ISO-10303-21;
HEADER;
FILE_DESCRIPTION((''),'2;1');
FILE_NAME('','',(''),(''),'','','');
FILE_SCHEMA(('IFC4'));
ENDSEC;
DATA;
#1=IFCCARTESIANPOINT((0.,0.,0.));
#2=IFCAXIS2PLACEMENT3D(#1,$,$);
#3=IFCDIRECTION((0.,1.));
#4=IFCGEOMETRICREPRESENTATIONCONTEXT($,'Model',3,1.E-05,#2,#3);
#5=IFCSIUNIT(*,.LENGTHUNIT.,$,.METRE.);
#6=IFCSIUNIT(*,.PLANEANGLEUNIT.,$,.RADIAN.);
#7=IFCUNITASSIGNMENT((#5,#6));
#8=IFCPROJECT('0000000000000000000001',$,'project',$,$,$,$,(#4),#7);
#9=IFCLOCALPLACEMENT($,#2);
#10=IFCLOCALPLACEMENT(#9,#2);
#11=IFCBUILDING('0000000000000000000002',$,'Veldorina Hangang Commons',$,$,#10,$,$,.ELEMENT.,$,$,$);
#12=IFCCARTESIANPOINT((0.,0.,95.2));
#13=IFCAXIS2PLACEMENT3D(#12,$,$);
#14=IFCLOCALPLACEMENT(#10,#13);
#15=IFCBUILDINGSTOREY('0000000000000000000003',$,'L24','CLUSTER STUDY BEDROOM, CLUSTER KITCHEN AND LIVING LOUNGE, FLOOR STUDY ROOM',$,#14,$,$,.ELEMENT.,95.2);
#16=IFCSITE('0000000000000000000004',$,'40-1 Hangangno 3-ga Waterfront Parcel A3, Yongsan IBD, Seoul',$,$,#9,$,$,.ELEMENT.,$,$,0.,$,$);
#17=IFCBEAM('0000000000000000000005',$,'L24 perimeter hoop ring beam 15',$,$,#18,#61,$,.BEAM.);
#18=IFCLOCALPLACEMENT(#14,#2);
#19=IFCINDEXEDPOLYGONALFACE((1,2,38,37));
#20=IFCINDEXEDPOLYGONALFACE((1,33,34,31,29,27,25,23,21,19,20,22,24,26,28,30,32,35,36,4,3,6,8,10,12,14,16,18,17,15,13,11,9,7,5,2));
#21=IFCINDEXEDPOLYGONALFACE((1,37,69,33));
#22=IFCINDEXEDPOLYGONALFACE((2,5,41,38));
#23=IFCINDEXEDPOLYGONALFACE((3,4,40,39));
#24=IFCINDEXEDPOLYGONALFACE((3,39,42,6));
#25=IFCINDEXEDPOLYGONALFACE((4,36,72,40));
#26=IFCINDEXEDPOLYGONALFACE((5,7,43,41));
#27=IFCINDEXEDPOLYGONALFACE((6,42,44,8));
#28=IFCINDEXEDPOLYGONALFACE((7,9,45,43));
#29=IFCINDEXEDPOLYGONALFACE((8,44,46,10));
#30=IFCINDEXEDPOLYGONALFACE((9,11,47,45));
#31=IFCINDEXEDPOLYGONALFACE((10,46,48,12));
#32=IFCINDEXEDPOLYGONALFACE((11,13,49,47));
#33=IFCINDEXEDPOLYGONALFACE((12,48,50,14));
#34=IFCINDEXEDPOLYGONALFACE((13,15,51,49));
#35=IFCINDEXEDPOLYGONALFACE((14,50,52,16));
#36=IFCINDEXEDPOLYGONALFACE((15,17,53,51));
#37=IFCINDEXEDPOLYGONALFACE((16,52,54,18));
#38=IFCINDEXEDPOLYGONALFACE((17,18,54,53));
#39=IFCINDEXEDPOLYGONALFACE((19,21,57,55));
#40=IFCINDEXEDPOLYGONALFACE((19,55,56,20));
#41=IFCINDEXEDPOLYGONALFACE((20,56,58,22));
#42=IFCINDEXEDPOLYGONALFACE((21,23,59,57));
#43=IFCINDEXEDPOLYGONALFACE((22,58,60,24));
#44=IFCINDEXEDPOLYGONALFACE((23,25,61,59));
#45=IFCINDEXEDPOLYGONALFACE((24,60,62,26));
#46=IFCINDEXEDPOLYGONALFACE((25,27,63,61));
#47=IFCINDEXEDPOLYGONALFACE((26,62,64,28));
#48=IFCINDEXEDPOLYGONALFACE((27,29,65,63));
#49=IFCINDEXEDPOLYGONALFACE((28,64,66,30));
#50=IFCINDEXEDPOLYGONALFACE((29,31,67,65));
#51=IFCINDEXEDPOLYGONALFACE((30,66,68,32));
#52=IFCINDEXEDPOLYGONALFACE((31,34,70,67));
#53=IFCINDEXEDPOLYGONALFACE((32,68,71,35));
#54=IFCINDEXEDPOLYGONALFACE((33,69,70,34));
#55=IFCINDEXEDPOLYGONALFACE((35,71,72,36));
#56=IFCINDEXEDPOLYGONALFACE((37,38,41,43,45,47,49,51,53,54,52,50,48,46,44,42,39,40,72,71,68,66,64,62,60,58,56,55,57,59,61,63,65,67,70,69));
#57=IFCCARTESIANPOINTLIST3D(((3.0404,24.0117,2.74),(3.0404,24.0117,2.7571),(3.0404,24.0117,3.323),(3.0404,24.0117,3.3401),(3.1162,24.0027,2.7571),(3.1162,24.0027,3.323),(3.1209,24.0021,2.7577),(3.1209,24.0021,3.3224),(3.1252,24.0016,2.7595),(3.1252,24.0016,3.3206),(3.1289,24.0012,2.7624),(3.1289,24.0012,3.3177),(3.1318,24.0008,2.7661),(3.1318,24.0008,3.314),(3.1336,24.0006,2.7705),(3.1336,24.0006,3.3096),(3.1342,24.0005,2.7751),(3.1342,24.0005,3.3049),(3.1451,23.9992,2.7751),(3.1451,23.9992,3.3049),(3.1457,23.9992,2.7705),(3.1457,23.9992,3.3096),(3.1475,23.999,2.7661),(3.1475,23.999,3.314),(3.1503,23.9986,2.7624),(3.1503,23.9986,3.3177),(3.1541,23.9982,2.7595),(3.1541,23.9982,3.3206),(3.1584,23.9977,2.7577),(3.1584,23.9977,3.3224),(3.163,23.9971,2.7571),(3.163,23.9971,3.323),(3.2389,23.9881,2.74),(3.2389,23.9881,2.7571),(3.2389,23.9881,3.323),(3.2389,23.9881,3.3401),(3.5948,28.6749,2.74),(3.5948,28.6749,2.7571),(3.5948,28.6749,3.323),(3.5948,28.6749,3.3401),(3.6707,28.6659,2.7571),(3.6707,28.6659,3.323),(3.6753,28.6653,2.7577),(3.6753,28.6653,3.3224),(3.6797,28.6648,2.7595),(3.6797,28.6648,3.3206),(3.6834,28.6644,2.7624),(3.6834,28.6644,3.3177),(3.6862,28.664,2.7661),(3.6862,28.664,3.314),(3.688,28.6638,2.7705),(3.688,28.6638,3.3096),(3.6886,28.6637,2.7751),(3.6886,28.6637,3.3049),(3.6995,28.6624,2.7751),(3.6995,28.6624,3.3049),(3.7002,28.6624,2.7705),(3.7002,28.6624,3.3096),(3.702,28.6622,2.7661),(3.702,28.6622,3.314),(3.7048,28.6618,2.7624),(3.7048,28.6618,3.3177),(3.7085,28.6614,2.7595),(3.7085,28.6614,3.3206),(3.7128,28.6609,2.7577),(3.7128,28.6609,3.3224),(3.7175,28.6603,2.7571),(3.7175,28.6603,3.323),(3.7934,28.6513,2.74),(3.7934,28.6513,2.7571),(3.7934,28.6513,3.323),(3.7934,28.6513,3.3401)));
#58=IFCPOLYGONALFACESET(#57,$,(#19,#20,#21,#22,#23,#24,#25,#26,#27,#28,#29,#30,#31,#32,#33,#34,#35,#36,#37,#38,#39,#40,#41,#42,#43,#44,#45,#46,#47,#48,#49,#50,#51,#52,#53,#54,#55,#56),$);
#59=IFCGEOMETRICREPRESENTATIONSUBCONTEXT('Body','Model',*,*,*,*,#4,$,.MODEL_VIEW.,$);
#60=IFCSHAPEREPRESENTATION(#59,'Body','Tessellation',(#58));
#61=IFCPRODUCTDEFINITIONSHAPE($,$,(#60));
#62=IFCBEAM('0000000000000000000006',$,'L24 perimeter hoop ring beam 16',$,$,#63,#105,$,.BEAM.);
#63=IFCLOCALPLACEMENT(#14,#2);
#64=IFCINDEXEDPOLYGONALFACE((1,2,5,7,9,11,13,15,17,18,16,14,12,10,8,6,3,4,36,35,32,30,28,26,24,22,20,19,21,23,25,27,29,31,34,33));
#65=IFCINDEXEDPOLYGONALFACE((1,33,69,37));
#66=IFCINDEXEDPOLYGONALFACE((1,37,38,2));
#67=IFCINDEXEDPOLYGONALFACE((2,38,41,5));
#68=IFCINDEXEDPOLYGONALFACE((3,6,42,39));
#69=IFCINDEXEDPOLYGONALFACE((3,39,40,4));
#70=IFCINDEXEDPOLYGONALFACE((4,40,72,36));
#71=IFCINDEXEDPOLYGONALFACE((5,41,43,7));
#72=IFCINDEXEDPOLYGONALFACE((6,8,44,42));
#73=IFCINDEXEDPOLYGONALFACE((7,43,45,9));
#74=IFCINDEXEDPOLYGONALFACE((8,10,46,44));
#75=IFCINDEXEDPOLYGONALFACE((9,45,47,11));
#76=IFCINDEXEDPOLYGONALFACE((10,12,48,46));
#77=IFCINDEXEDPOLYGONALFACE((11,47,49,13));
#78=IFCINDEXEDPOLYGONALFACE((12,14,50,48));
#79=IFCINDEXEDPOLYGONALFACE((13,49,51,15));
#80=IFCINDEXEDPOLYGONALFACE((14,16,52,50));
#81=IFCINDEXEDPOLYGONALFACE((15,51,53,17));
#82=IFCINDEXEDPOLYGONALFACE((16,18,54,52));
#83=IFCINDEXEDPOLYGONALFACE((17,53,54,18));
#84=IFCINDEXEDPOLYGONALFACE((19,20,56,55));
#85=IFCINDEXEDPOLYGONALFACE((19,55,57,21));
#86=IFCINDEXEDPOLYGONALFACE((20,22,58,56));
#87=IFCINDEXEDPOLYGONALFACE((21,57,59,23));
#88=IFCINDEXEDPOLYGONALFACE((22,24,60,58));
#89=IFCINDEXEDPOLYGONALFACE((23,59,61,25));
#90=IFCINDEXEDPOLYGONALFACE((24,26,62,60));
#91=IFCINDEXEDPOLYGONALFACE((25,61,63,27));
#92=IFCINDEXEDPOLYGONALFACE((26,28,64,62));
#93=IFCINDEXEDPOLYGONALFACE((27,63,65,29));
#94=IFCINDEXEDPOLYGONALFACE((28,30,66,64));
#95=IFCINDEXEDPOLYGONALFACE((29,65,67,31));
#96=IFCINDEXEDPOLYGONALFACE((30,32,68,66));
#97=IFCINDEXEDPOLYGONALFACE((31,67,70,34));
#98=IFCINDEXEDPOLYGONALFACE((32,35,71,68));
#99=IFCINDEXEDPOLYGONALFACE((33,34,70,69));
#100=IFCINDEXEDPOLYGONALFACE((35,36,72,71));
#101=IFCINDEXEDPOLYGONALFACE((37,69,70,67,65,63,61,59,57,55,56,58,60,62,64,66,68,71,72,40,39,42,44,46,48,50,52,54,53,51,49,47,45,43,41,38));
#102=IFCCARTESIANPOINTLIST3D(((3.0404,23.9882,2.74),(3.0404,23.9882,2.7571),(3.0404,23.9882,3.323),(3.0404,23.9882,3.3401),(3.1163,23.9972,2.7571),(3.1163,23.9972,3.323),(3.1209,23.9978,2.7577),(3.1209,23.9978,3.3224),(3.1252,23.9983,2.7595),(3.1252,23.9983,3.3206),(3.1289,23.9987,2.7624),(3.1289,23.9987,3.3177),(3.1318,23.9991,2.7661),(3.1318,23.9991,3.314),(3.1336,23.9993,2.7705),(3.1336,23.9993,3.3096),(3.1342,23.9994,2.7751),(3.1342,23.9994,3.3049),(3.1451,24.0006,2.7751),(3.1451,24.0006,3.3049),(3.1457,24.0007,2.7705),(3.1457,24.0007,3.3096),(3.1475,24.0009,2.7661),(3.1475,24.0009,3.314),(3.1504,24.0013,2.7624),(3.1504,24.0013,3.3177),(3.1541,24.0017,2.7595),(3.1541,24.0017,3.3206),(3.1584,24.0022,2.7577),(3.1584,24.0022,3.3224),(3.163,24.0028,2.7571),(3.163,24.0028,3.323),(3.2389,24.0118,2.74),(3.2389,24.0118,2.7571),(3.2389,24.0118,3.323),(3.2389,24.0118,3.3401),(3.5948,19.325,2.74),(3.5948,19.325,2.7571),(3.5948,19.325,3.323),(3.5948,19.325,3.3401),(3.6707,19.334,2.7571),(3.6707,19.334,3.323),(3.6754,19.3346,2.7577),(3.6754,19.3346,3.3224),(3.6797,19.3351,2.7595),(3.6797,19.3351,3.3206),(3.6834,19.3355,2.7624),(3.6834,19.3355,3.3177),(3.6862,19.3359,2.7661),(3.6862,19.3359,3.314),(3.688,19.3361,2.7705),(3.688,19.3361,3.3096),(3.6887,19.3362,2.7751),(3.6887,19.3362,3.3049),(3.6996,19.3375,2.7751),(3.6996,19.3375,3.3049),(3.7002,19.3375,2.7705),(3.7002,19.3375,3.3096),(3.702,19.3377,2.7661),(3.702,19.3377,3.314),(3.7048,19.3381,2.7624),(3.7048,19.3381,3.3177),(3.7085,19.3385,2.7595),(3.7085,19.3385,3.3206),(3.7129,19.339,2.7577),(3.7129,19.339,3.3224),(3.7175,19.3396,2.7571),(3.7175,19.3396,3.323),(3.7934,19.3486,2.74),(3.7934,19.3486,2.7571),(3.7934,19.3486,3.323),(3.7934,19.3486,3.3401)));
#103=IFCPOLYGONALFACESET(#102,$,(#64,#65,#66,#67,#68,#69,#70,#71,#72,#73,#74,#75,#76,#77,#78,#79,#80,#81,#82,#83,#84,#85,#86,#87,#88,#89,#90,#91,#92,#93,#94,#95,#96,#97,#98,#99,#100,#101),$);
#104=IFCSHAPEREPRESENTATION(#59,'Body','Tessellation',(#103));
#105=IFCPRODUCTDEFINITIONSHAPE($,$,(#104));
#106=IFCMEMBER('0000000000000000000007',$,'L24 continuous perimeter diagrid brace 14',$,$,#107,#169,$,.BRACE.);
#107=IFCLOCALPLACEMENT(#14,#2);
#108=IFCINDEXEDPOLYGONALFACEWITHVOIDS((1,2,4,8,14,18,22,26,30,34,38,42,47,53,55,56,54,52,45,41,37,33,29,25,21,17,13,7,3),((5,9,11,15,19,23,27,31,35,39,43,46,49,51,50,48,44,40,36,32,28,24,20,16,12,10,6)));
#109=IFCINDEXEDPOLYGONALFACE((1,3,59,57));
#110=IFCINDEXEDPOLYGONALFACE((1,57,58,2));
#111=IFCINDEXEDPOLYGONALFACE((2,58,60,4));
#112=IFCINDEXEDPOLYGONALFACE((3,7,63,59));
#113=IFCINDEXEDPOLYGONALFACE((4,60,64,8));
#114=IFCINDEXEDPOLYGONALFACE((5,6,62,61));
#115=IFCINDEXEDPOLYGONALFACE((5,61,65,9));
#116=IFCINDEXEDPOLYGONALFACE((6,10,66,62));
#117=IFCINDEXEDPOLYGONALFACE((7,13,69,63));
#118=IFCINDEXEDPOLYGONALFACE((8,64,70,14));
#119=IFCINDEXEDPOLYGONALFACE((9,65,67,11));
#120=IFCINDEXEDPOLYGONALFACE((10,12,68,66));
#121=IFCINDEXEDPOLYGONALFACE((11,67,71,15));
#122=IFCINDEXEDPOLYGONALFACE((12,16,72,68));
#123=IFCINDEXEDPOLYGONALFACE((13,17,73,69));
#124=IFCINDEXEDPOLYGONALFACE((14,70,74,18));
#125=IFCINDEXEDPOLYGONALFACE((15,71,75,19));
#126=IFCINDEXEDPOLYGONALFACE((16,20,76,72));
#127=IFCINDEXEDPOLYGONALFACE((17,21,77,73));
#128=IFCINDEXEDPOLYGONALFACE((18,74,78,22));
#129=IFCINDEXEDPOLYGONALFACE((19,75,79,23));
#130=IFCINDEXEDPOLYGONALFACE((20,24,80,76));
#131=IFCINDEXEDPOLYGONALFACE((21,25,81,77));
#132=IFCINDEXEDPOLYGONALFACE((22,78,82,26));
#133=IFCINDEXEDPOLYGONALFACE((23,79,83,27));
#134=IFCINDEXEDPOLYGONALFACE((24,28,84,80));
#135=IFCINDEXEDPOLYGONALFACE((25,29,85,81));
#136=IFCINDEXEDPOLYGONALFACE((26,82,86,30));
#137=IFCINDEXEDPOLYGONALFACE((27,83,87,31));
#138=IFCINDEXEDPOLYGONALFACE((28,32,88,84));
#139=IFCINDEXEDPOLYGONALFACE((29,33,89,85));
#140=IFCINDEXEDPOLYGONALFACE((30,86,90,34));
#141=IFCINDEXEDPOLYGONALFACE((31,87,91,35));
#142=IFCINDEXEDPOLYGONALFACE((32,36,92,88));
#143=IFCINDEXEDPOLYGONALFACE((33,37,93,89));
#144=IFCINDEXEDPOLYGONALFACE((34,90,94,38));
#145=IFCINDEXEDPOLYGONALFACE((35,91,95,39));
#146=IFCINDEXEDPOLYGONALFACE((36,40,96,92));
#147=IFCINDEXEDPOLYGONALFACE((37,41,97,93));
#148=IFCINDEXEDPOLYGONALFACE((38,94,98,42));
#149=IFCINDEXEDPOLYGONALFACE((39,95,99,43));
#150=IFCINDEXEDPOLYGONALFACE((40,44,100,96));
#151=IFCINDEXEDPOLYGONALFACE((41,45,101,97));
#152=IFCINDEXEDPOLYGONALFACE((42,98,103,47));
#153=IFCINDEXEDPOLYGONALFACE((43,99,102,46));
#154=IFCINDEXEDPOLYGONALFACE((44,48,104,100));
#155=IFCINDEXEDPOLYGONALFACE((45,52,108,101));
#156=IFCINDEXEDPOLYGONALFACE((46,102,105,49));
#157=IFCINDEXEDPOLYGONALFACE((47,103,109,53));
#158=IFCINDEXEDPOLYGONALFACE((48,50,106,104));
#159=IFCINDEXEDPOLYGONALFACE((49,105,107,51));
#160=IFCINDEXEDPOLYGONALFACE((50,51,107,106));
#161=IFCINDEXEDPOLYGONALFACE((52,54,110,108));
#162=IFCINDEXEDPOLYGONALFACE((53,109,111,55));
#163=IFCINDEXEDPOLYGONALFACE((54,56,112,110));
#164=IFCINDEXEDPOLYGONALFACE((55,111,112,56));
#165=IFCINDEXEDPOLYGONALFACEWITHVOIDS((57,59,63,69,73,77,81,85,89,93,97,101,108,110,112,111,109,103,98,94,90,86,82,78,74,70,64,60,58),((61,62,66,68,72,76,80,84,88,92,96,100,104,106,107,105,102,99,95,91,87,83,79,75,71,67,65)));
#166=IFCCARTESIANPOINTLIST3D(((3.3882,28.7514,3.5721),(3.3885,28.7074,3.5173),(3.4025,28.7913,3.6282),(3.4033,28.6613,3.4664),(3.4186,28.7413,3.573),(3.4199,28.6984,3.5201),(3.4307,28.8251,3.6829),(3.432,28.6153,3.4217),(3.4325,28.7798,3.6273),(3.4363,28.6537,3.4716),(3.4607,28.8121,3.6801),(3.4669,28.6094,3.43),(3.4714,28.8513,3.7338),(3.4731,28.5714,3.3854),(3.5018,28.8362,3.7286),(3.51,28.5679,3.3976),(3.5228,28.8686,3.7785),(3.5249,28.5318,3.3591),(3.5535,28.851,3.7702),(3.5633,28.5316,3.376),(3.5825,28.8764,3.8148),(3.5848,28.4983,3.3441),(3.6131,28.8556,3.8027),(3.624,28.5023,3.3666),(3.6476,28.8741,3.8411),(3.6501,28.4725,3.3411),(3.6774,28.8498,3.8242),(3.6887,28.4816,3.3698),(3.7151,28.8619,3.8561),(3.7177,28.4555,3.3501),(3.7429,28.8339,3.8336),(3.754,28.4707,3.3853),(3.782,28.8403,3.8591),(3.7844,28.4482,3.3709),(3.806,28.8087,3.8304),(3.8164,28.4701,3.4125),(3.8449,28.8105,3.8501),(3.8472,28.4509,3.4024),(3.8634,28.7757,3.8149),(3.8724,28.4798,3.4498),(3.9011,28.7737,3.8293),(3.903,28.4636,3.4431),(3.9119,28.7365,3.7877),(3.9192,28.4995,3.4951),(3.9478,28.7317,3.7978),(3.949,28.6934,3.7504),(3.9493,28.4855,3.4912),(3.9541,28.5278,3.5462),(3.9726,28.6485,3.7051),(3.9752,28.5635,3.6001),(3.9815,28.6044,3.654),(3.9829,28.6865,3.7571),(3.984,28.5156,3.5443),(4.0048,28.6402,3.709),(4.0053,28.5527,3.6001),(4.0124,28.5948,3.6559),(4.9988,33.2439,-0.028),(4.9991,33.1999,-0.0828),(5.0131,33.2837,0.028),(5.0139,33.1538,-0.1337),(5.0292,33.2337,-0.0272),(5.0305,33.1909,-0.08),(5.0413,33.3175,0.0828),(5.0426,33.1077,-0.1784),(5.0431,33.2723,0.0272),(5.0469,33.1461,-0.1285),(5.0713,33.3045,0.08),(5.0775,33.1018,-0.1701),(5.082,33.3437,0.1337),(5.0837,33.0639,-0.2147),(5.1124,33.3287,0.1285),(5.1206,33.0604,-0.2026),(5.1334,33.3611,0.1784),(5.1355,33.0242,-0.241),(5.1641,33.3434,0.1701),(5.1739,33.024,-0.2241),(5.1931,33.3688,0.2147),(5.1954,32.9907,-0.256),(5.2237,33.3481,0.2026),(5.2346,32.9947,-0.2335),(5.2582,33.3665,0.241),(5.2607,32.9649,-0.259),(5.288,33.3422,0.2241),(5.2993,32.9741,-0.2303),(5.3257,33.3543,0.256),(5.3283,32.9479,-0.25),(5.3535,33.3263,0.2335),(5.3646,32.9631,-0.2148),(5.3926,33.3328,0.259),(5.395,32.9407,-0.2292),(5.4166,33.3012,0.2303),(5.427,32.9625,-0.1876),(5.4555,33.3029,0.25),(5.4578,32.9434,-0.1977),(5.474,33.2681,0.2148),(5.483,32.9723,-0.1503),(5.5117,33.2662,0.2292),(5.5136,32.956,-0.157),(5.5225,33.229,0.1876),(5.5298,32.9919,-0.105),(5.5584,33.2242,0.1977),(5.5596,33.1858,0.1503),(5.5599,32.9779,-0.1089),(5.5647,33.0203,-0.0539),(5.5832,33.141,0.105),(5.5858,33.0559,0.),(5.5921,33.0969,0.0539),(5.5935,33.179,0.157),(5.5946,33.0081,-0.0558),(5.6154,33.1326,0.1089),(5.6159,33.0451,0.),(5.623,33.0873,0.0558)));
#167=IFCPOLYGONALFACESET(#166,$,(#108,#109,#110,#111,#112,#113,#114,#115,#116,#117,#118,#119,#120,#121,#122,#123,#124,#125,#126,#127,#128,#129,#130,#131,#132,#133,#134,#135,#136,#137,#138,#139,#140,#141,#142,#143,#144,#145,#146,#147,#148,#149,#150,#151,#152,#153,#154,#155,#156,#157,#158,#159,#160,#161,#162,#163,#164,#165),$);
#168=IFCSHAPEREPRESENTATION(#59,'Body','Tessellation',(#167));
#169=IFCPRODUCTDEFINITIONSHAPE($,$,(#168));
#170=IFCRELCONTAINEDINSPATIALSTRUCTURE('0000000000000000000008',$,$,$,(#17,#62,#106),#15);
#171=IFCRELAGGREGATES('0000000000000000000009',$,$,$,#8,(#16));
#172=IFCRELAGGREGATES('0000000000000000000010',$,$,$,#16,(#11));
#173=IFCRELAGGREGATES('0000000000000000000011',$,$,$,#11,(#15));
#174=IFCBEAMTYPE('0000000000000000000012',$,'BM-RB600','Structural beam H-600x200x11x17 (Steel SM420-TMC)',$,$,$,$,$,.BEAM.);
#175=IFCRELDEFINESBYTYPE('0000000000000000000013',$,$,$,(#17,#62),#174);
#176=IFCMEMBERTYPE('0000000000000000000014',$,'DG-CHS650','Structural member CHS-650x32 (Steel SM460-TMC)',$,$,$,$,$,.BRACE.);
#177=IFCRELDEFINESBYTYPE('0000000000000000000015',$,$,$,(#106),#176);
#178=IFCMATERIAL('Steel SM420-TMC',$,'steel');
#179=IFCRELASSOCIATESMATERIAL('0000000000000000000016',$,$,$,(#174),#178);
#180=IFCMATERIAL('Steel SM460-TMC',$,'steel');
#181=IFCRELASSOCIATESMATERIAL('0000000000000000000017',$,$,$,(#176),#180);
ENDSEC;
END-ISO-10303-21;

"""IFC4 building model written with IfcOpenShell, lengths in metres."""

from ifc_helpers import new_model, si_unit, direction, frame, origin, origin_2d, place, context, subcontext, project, spatial, hollow_circle, i_section, extrude, material, material_profile, profile_set, type_object, element, save


model = new_model("IFC4")

# Units and contexts
model_context = context("Model", 3, precision=1e-05, world=origin(), true_north=direction((0.0, 1.0)))
body_context = subcontext(model_context, "Body", "Model", "MODEL_VIEW")
ifc_project = project(units=[si_unit("LENGTHUNIT", "METRE"), si_unit("PLANEANGLEUNIT", "RADIAN")], contexts=[model_context])

# Site, building, storey
site_placement = place(None, origin())
site = spatial("IfcSite", under=ifc_project, at=site_placement, Name="40-1 Hangangno 3-ga Waterfront Parcel A3, Yongsan IBD, Seoul", CompositionType="ELEMENT", RefElevation=0.0)
building_placement = place(site_placement, origin())
building = spatial("IfcBuilding", under=site, at=building_placement, Name="Veldorina Hangang Commons", CompositionType="ELEMENT")
storey_placement = place(building_placement, frame((0.0, 0.0, 95.2)))
storey = spatial("IfcBuildingStorey", under=building, at=storey_placement, Name="L24", Description="CLUSTER STUDY BEDROOM, CLUSTER KITCHEN AND LIVING LOUNGE, FLOOR STUDY ROOM", CompositionType="ELEMENT", Elevation=95.2)

# Beams
ifc_material_1 = material(Name="Steel SM420-TMC", Category="steel")
ifc_material_profile_1 = material_profile(ifc_material_1, i_section(OverallWidth=0.2, OverallDepth=0.6001, WebThickness=0.011, FlangeThickness=0.0171, FilletRadius=0.0181, at=origin_2d()), Name="H-600x200x11x17")
ifc_profile_set_1 = profile_set([ifc_material_profile_1], Name="Steel SM420-TMC")
beam_type_1 = type_object("IfcBeamType", Name="BM-RB600", Description="Structural beam H-600x200x11x17 (Steel SM420-TMC)", PredefinedType="BEAM", material=ifc_profile_set_1)
for number, where, z_axis, x_axis, name in (
    (1, (3.6941, 28.6631, 3.04), (-0.118069, -0.993005, 0.0), (0.993005, -0.118069, 0.0), "L24 perimeter hoop ring beam 15"),
    (2, (3.1396, 24.0, 3.04), (0.118069, -0.993005, 0.0), (0.993005, 0.118069, 0.0), "L24 perimeter hoop ring beam 16"),
):
    element("IfcBeam", number, at=place(storey_placement, frame(where, z_axis=z_axis, x_axis=x_axis)), inside=storey, type_object=beam_type_1, Name=name, PredefinedType="BEAM", context=body_context, shape_type="SweptSolid", body=[
        extrude(i_section(OverallWidth=0.2, OverallDepth=0.6001, WebThickness=0.011, FlangeThickness=0.0171, FilletRadius=0.0181, at=origin_2d()), origin(), (0.0, 0.0, 1.0), 4.696),
    ])

# Member
ifc_material_2 = material(Name="Steel SM460-TMC", Category="steel")
ifc_material_profile_2 = material_profile(ifc_material_2, hollow_circle(Radius=0.325, WallThickness=0.032, at=origin_2d()), Name="CHS-650x32")
ifc_profile_set_2 = profile_set([ifc_material_profile_2], Name="Steel SM460-TMC")
member_type = type_object("IfcMemberType", Name="DG-CHS650", Description="Structural member CHS-650x32 (Steel SM460-TMC)", PredefinedType="BRACE", material=ifc_profile_set_2)
member_1_placement = place(storey_placement, frame((5.3101, 33.1548, 0.0), z_axis=(-0.26942, -0.751492, 0.602223), x_axis=(0.941333, -0.33748, 0.0)))
element("IfcMember", 3, at=member_1_placement, inside=storey, type_object=member_type, Name="L24 continuous perimeter diagrid brace 14", PredefinedType="BRACE", context=body_context, shape_type="SweptSolid", body=[
    extrude(hollow_circle(Radius=0.325, WallThickness=0.032, at=origin_2d()), origin(), (0.0, 0.0, 1.0), 5.978),
])

save(model, "model.ifc")
